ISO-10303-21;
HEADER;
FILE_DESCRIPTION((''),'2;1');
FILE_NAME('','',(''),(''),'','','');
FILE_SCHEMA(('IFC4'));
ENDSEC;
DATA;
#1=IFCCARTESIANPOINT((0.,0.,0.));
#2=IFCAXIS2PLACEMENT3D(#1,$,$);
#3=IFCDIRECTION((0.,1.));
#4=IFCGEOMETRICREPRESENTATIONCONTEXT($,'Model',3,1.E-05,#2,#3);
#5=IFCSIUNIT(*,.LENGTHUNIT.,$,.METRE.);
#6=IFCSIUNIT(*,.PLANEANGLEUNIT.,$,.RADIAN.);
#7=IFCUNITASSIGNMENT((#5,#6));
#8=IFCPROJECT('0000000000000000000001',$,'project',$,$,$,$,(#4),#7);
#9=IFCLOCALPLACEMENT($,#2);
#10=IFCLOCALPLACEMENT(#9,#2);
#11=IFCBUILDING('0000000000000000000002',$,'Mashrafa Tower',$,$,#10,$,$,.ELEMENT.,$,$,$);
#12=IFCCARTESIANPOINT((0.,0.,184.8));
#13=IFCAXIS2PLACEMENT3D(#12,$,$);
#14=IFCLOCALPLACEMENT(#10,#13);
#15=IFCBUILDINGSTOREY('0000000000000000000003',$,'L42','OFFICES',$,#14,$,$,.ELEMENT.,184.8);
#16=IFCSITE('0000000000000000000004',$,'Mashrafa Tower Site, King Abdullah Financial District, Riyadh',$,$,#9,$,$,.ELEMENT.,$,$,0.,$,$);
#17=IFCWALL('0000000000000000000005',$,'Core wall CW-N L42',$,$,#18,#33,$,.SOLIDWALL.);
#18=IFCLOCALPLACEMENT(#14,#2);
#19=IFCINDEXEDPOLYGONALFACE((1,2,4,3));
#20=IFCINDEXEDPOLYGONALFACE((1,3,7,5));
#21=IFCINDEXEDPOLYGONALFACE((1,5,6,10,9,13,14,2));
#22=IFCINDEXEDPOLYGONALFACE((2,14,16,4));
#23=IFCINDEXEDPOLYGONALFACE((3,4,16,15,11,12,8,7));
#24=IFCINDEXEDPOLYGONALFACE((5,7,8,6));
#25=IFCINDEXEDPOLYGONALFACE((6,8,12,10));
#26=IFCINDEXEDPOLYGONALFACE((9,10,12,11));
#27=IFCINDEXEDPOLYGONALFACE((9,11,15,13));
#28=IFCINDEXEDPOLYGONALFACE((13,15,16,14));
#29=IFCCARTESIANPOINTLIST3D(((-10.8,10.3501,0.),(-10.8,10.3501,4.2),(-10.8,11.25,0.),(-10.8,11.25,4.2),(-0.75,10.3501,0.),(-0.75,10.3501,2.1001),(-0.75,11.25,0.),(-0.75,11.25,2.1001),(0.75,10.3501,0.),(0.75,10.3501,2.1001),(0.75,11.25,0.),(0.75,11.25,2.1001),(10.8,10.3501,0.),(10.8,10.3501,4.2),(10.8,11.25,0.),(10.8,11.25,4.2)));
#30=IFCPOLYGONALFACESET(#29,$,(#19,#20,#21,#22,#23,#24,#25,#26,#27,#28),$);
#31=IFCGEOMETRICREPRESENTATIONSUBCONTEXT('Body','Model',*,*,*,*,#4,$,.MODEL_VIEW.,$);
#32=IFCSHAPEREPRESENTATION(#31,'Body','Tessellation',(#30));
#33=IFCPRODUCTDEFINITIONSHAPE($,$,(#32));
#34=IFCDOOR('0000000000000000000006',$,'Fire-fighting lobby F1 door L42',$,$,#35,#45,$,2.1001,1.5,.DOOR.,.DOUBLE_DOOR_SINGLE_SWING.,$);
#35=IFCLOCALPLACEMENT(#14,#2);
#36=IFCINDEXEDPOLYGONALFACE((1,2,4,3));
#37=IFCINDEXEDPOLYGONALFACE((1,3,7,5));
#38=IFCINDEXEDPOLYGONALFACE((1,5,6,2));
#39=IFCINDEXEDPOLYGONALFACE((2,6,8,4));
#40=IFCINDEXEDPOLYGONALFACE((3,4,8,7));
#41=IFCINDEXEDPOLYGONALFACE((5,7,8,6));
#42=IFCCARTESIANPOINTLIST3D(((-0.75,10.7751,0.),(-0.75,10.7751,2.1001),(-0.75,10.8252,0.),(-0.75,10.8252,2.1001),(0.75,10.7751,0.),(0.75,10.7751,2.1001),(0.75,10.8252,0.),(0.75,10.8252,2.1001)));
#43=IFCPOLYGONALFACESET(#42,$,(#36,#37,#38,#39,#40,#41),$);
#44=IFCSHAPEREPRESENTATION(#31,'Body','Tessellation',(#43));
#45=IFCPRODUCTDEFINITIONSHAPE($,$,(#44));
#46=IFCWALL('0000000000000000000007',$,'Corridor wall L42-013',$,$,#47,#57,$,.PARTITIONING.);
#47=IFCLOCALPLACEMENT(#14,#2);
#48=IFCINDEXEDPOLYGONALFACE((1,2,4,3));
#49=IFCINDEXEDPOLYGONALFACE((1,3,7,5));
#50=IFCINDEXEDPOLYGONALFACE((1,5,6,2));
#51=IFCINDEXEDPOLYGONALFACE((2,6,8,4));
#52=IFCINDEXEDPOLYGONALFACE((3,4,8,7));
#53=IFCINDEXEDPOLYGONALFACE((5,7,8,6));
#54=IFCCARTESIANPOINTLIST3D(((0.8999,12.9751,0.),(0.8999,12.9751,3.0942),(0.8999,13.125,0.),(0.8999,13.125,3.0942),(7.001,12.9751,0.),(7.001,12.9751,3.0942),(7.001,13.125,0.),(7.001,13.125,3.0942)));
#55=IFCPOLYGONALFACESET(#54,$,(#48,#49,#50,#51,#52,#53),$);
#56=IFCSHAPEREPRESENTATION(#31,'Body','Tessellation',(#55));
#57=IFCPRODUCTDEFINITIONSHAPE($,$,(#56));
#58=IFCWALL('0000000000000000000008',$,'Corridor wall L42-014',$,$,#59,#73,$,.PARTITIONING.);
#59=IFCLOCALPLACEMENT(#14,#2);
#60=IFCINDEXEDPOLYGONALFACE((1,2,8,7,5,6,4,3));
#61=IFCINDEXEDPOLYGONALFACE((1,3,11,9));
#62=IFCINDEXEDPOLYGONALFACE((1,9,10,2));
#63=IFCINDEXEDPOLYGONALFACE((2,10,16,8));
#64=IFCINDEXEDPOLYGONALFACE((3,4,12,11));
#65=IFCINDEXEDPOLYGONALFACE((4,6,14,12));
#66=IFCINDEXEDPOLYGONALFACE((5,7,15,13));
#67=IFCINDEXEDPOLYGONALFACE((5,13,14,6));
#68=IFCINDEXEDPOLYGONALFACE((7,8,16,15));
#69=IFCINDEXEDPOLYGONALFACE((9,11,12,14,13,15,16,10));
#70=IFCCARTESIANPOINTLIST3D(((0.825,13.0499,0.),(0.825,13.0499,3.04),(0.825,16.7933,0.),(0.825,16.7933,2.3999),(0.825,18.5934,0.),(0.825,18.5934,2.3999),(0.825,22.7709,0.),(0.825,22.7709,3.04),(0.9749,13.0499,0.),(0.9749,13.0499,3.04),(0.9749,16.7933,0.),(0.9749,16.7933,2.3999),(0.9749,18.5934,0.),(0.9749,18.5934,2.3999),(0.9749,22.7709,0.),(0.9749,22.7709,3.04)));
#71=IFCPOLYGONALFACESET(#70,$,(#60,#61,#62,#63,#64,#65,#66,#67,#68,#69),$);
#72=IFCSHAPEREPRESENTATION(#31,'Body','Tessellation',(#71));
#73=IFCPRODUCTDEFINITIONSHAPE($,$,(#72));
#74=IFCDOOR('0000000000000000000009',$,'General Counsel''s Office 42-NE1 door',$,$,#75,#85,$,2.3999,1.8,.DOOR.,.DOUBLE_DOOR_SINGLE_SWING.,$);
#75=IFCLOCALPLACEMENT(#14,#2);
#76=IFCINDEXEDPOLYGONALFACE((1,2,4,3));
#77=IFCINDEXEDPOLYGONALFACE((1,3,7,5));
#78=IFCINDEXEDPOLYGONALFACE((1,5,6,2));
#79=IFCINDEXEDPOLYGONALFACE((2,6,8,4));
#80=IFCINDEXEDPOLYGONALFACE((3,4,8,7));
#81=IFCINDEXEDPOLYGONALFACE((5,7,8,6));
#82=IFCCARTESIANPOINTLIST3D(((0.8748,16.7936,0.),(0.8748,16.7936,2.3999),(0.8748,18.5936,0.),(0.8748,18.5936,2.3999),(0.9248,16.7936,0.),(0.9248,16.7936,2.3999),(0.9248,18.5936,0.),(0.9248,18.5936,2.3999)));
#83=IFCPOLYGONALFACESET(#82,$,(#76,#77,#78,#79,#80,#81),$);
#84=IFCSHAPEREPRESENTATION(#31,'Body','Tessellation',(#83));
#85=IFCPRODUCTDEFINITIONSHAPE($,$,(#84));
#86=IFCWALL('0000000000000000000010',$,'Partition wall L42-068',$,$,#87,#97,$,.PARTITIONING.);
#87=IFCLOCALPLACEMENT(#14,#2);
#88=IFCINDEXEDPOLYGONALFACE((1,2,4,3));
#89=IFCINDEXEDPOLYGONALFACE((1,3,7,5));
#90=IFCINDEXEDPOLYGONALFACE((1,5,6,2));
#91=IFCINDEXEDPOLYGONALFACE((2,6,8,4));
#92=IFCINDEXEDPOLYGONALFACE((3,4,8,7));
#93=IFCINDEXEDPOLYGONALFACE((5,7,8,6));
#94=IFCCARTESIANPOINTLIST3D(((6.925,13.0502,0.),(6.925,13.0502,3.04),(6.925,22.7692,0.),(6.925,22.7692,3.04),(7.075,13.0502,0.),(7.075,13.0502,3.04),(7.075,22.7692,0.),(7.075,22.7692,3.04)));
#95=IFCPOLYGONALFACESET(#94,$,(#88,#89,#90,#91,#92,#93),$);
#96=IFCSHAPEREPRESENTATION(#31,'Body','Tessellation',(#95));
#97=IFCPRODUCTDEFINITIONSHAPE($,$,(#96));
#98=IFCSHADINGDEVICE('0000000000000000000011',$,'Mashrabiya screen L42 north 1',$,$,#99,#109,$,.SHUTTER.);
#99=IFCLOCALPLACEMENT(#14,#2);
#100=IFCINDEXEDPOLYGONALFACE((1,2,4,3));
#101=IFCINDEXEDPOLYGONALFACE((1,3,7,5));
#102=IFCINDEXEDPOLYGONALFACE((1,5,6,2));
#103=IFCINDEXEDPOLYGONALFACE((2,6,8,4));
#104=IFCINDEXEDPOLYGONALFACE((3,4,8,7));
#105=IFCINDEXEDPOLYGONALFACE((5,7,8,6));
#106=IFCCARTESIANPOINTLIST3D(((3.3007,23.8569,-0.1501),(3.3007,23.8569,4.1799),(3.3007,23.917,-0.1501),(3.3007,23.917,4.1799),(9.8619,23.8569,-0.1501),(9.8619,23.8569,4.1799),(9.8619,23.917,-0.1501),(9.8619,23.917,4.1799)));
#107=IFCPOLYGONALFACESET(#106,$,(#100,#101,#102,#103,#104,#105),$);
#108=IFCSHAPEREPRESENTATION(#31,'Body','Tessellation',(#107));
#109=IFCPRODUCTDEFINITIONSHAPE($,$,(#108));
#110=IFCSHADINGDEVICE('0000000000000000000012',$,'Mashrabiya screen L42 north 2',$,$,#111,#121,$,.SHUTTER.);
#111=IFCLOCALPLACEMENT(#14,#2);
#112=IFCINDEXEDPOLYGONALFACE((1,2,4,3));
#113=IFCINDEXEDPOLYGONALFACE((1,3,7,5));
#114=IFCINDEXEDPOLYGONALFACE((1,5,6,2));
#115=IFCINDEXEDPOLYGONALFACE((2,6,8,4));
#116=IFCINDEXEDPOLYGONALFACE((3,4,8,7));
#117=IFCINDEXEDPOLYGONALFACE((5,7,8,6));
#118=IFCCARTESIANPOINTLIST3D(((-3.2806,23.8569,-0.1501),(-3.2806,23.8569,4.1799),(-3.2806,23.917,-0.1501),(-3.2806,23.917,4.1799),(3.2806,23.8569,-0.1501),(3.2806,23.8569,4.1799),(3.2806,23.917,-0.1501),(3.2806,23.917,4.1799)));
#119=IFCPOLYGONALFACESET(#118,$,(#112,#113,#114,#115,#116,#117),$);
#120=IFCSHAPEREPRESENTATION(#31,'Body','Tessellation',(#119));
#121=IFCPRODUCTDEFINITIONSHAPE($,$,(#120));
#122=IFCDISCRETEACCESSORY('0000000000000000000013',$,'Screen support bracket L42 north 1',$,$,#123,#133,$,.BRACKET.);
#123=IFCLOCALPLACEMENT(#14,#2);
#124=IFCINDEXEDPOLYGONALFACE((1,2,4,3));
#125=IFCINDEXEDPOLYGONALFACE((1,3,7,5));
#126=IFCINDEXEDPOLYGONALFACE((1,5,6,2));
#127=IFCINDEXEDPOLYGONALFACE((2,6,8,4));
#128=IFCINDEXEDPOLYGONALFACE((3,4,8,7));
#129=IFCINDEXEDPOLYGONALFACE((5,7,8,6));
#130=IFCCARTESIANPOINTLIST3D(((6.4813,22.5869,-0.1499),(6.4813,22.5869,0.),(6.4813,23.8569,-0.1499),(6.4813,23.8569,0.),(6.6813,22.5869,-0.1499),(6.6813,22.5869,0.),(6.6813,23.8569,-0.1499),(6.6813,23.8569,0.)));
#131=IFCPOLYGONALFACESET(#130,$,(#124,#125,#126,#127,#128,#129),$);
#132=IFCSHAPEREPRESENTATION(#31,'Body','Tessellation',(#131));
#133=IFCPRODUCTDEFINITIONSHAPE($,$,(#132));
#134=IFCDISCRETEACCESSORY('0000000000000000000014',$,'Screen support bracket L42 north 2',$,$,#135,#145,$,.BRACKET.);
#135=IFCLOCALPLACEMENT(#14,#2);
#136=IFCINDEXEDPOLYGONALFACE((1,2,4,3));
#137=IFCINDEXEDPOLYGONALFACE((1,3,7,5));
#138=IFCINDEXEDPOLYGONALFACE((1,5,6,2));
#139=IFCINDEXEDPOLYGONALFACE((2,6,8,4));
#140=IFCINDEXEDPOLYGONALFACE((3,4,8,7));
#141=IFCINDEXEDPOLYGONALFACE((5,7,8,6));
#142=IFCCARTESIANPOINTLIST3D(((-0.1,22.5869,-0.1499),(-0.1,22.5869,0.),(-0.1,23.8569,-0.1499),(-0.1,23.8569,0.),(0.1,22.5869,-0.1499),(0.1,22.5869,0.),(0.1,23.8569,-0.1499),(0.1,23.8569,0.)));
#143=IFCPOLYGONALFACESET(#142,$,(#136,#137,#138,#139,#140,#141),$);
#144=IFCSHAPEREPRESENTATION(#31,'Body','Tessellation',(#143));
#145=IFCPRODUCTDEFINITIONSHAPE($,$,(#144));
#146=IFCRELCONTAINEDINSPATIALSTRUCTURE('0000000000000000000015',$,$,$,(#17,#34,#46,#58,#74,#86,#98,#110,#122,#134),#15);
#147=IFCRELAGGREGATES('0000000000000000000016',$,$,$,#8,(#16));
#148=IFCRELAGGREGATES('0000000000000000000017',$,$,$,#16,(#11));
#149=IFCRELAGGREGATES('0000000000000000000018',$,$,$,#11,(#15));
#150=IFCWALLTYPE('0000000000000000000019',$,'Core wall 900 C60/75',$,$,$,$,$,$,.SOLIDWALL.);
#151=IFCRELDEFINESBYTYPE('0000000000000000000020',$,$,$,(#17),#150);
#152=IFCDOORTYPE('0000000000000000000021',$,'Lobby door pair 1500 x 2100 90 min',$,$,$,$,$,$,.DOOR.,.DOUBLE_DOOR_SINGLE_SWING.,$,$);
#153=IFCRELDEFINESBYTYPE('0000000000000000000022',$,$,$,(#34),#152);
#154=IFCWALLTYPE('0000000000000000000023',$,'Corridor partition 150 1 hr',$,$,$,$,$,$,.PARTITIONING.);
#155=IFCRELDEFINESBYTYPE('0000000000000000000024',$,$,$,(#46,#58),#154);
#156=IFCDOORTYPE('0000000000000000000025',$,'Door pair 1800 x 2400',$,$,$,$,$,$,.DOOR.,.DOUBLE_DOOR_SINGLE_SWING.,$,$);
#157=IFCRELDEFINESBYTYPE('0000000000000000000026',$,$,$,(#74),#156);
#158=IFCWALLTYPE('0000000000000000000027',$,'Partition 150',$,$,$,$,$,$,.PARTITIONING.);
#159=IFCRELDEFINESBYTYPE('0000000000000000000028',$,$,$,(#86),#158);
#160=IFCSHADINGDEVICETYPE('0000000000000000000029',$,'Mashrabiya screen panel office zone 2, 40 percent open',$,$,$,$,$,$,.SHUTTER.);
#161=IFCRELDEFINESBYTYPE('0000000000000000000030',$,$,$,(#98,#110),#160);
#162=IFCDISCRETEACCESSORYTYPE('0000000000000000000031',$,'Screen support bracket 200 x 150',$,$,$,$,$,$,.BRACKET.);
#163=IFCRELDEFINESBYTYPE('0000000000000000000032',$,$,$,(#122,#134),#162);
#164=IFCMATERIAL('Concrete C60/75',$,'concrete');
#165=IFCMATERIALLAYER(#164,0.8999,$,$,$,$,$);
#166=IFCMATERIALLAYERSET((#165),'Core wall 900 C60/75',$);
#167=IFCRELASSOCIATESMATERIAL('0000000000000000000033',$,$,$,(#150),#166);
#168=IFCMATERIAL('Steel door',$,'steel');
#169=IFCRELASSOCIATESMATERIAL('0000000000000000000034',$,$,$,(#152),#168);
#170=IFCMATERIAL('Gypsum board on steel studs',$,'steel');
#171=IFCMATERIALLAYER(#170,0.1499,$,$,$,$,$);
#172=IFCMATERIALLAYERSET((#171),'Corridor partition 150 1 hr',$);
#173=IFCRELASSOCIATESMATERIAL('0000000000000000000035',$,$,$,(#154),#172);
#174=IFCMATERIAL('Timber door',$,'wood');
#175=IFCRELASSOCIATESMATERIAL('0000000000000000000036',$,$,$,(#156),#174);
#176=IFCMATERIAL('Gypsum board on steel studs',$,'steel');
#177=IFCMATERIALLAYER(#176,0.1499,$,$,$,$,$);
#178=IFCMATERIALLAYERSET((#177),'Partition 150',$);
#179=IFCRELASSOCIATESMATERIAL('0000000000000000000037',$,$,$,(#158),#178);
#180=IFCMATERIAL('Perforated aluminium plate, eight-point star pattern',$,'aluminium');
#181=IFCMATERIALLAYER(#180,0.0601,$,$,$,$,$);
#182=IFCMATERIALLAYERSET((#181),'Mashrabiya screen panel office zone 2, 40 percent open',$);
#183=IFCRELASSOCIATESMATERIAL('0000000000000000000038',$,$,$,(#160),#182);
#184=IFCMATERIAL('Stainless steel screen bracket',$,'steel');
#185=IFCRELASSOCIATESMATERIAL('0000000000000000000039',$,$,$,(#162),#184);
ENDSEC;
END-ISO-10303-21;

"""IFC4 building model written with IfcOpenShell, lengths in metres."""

from ifc_helpers import new_model, si_unit, direction, frame, frame_2d, origin, origin_2d, place, context, subcontext, project, spatial, rectangle, extrude, source, transform, mapped, material, layer, layer_set, type_object, type_shapes, element, fill, save


model = new_model("IFC4")

# Units and contexts
model_context = context("Model", 3, precision=1e-05, world=origin(), true_north=direction((0.0, 1.0)))
body_context = subcontext(model_context, "Body", "Model", "MODEL_VIEW")
ifc_project = project(units=[si_unit("LENGTHUNIT", "METRE"), si_unit("PLANEANGLEUNIT", "RADIAN")], contexts=[model_context])

# Site, building, storey
site_placement = place(None, origin())
site = spatial("IfcSite", under=ifc_project, at=site_placement, Name="Mashrafa Tower Site, King Abdullah Financial District, Riyadh", CompositionType="ELEMENT", RefElevation=0.0)
building_placement = place(site_placement, origin())
building = spatial("IfcBuilding", under=site, at=building_placement, Name="Mashrafa Tower", CompositionType="ELEMENT")
storey_placement = place(building_placement, frame((0.0, 0.0, 184.8)))
storey = spatial("IfcBuildingStorey", under=building, at=storey_placement, Name="L42", Description="OFFICES", CompositionType="ELEMENT", Elevation=184.8)

# Wall, opening, door
ifc_material_1 = material(Name="Concrete C60/75", Category="concrete")
ifc_layer_1 = layer(ifc_material_1, 0.8999)
ifc_layer_set_1 = layer_set([ifc_layer_1], Name="Core wall 900 C60/75")
wall_type_1 = type_object("IfcWallType", Name="Core wall 900 C60/75", PredefinedType="SOLIDWALL", material=ifc_layer_set_1)
wall_1_placement = place(storey_placement, frame((10.8, 10.8, 0.0), z_axis=(0.0, 0.0, 1.0), x_axis=(-1.0, 0.0, 0.0)))
wall_1 = element("IfcWall", 1, at=wall_1_placement, inside=storey, type_object=wall_type_1, Name="Core wall CW-N L42", PredefinedType="SOLIDWALL", context=body_context, shape_type="SweptSolid", body=[
    extrude(rectangle(XDim=21.6001, YDim=0.8999, at=frame_2d((10.8, 0.0))), origin(), (0.0, 0.0, 1.0), 4.2),
])
opening_1_placement = place(wall_1_placement, frame((10.05, 0.0, 0.0)))
opening_1 = element("IfcOpeningElement", 2, at=opening_1_placement, cuts=wall_1, PredefinedType="OPENING", context=body_context, shape_type="SweptSolid", body=[
    extrude(rectangle(XDim=1.5, YDim=2.1001, at=frame_2d((0.75, 1.05))), frame((0.0, 0.46, 0.0), z_axis=(0.0, -1.0, 0.0), x_axis=(1.0, 0.0, 0.0)), (0.0, 0.0, 1.0), 0.9199),
])
ifc_material_2 = material(Name="Steel door", Category="steel")
door_type_1 = type_object("IfcDoorType", Name="Lobby door pair 1500 x 2100 90 min", OperationType="DOUBLE_DOOR_SINGLE_SWING", PredefinedType="DOOR", material=ifc_material_2)
door_1_placement = place(opening_1_placement, origin())
door_1 = element("IfcDoor", 3, at=door_1_placement, inside=storey, type_object=door_type_1, Name="Fire-fighting lobby F1 door L42", OperationType="DOUBLE_DOOR_SINGLE_SWING", OverallHeight=2.1001, OverallWidth=1.5, PredefinedType="DOOR", context=body_context, shape_type="SweptSolid", body=[
    extrude(rectangle(XDim=1.5, YDim=2.1001, at=frame_2d((0.75, 1.05))), frame((0.0, 0.0249, 0.0), z_axis=(0.0, -1.0, 0.0), x_axis=(1.0, 0.0, 0.0)), (0.0, 0.0, 1.0), 0.05),
])
fill(opening_1, door_1)

# Wall
ifc_material_3 = material(Name="Gypsum board on steel studs", Category="steel")
ifc_layer_2 = layer(ifc_material_3, 0.1499)
ifc_layer_set_2 = layer_set([ifc_layer_2], Name="Corridor partition 150 1 hr")
wall_type_2 = type_object("IfcWallType", Name="Corridor partition 150 1 hr", PredefinedType="PARTITIONING", material=ifc_layer_set_2)
wall_2_placement = place(storey_placement, frame((7.001, 13.05, 0.0), z_axis=(0.0, 0.0, 1.0), x_axis=(-1.0, 0.0, 0.0)))
element("IfcWall", 4, at=wall_2_placement, inside=storey, type_object=wall_type_2, Name="Corridor wall L42-013", PredefinedType="PARTITIONING", context=body_context, shape_type="SweptSolid", body=[
    extrude(rectangle(XDim=6.1011, YDim=0.1499, at=frame_2d((3.0505, 0.0))), origin(), (0.0, 0.0, 1.0), 3.0942),
])

# Wall, opening, door
wall_3_placement = place(storey_placement, frame((0.8999, 13.05, 0.0), z_axis=(0.0, 0.0, 1.0), x_axis=(0.0, 1.0, 0.0)))
wall_3 = element("IfcWall", 5, at=wall_3_placement, inside=storey, type_object=wall_type_2, Name="Corridor wall L42-014", PredefinedType="PARTITIONING", context=body_context, shape_type="SweptSolid", body=[
    extrude(rectangle(XDim=9.7209, YDim=0.1499, at=frame_2d((4.8604, 0.0))), origin(), (0.0, 0.0, 1.0), 3.04),
])
opening_2_placement = place(wall_3_placement, frame((3.7434, 0.0, 0.0)))
opening_2 = element("IfcOpeningElement", 6, at=opening_2_placement, cuts=wall_3, PredefinedType="OPENING", context=body_context, shape_type="SweptSolid", body=[
    extrude(rectangle(XDim=1.8, YDim=2.3999, at=frame_2d((0.8999, 1.2))), frame((0.0, 0.085, 0.0), z_axis=(0.0, -1.0, 0.0), x_axis=(1.0, 0.0, 0.0)), (0.0, 0.0, 1.0), 0.1699),
])
ifc_material_4 = material(Name="Timber door", Category="wood")
door_type_2 = type_object("IfcDoorType", Name="Door pair 1800 x 2400", OperationType="DOUBLE_DOOR_SINGLE_SWING", PredefinedType="DOOR", material=ifc_material_4)
door_2_placement = place(opening_2_placement, frame((1.8, 0.0, 0.0), z_axis=(0.0, 0.0, 1.0), x_axis=(-1.0, 0.0, 0.0)))
door_2 = element("IfcDoor", 7, at=door_2_placement, inside=storey, type_object=door_type_2, Name="General Counsel's Office 42-NE1 door", OperationType="DOUBLE_DOOR_SINGLE_SWING", OverallHeight=2.3999, OverallWidth=1.8, PredefinedType="DOOR", context=body_context, shape_type="SweptSolid", body=[
    extrude(rectangle(XDim=1.8, YDim=2.3999, at=frame_2d((0.8999, 1.2))), frame((0.0, 0.0249, 0.0), z_axis=(0.0, -1.0, 0.0), x_axis=(1.0, 0.0, 0.0)), (0.0, 0.0, 1.0), 0.05),
])
fill(opening_2, door_2)

# Wall
ifc_material_5 = material(Name="Gypsum board on steel studs", Category="steel")
ifc_layer_3 = layer(ifc_material_5, 0.1499)
ifc_layer_set_3 = layer_set([ifc_layer_3], Name="Partition 150")
wall_type_3 = type_object("IfcWallType", Name="Partition 150", PredefinedType="PARTITIONING", material=ifc_layer_set_3)
wall_4_placement = place(storey_placement, frame((7.0, 22.769, 0.0), z_axis=(0.0, 0.0, 1.0), x_axis=(0.0, -1.0, 0.0)))
element("IfcWall", 8, at=wall_4_placement, inside=storey, type_object=wall_type_3, Name="Partition wall L42-068", PredefinedType="PARTITIONING", context=body_context, shape_type="SweptSolid", body=[
    extrude(rectangle(XDim=9.719, YDim=0.1499, at=frame_2d((4.8594, 0.0))), origin(), (0.0, 0.0, 1.0), 3.04),
])

# Shading devices
ifc_material_6 = material(Name="Perforated aluminium plate, eight-point star pattern", Category="aluminium")
ifc_layer_4 = layer(ifc_material_6, 0.0601)
ifc_layer_set_4 = layer_set([ifc_layer_4], Name="Mashrabiya screen panel office zone 2, 40 percent open")
shading_device_type = type_object("IfcShadingDeviceType", Name="Mashrabiya screen panel office zone 2, 40 percent open", PredefinedType="SHUTTER", material=ifc_layer_set_4)
shared_shape_1 = source(origin(), body_context, "Body", "SweptSolid", [
    extrude(rectangle(XDim=6.5613, YDim=0.0601, at=origin_2d()), origin(), (0.0, 0.0, 1.0), 4.3301),
])
type_shapes(shading_device_type, [shared_shape_1])
for number, where, z_axis, x_axis, name in (
    (9, (6.5813, 23.887, -0.1501), (0.0, 0.0, 1.0), (-1.0, 0.0, 0.0), "Mashrabiya screen L42 north 1"),
    (10, (0.0, 23.887, -0.1501), (0.0, 0.0, 1.0), (-1.0, 0.0, 0.0), "Mashrabiya screen L42 north 2"),
):
    element("IfcShadingDevice", number, at=place(storey_placement, frame(where, z_axis=z_axis, x_axis=x_axis)), inside=storey, type_object=shading_device_type, Name=name, PredefinedType="SHUTTER", context=body_context, shape_type="MappedRepresentation", body=[
        mapped(shared_shape_1, transform((0.0, 0.0, 0.0))),
    ])

# Discrete accessories
ifc_material_7 = material(Name="Stainless steel screen bracket", Category="steel")
discrete_accessory_type = type_object("IfcDiscreteAccessoryType", Name="Screen support bracket 200 x 150", PredefinedType="BRACKET", material=ifc_material_7)
shared_shape_2 = source(origin(), body_context, "Body", "SweptSolid", [
    extrude(rectangle(XDim=0.2, YDim=1.27, at=origin_2d()), origin(), (0.0, 0.0, 1.0), 0.1499),
])
type_shapes(discrete_accessory_type, [shared_shape_2])
for number, where, z_axis, x_axis, name in (
    (11, (6.5813, 23.2219, -0.1499), (0.0, 0.0, 1.0), (-1.0, 0.0, 0.0), "Screen support bracket L42 north 1"),
    (12, (0.0, 23.2219, -0.1499), (0.0, 0.0, 1.0), (-1.0, 0.0, 0.0), "Screen support bracket L42 north 2"),
):
    element("IfcDiscreteAccessory", number, at=place(storey_placement, frame(where, z_axis=z_axis, x_axis=x_axis)), inside=storey, type_object=discrete_accessory_type, Name=name, PredefinedType="BRACKET", context=body_context, shape_type="MappedRepresentation", body=[
        mapped(shared_shape_2, transform((0.0, 0.0, 0.0))),
    ])

save(model, "model.ifc")
